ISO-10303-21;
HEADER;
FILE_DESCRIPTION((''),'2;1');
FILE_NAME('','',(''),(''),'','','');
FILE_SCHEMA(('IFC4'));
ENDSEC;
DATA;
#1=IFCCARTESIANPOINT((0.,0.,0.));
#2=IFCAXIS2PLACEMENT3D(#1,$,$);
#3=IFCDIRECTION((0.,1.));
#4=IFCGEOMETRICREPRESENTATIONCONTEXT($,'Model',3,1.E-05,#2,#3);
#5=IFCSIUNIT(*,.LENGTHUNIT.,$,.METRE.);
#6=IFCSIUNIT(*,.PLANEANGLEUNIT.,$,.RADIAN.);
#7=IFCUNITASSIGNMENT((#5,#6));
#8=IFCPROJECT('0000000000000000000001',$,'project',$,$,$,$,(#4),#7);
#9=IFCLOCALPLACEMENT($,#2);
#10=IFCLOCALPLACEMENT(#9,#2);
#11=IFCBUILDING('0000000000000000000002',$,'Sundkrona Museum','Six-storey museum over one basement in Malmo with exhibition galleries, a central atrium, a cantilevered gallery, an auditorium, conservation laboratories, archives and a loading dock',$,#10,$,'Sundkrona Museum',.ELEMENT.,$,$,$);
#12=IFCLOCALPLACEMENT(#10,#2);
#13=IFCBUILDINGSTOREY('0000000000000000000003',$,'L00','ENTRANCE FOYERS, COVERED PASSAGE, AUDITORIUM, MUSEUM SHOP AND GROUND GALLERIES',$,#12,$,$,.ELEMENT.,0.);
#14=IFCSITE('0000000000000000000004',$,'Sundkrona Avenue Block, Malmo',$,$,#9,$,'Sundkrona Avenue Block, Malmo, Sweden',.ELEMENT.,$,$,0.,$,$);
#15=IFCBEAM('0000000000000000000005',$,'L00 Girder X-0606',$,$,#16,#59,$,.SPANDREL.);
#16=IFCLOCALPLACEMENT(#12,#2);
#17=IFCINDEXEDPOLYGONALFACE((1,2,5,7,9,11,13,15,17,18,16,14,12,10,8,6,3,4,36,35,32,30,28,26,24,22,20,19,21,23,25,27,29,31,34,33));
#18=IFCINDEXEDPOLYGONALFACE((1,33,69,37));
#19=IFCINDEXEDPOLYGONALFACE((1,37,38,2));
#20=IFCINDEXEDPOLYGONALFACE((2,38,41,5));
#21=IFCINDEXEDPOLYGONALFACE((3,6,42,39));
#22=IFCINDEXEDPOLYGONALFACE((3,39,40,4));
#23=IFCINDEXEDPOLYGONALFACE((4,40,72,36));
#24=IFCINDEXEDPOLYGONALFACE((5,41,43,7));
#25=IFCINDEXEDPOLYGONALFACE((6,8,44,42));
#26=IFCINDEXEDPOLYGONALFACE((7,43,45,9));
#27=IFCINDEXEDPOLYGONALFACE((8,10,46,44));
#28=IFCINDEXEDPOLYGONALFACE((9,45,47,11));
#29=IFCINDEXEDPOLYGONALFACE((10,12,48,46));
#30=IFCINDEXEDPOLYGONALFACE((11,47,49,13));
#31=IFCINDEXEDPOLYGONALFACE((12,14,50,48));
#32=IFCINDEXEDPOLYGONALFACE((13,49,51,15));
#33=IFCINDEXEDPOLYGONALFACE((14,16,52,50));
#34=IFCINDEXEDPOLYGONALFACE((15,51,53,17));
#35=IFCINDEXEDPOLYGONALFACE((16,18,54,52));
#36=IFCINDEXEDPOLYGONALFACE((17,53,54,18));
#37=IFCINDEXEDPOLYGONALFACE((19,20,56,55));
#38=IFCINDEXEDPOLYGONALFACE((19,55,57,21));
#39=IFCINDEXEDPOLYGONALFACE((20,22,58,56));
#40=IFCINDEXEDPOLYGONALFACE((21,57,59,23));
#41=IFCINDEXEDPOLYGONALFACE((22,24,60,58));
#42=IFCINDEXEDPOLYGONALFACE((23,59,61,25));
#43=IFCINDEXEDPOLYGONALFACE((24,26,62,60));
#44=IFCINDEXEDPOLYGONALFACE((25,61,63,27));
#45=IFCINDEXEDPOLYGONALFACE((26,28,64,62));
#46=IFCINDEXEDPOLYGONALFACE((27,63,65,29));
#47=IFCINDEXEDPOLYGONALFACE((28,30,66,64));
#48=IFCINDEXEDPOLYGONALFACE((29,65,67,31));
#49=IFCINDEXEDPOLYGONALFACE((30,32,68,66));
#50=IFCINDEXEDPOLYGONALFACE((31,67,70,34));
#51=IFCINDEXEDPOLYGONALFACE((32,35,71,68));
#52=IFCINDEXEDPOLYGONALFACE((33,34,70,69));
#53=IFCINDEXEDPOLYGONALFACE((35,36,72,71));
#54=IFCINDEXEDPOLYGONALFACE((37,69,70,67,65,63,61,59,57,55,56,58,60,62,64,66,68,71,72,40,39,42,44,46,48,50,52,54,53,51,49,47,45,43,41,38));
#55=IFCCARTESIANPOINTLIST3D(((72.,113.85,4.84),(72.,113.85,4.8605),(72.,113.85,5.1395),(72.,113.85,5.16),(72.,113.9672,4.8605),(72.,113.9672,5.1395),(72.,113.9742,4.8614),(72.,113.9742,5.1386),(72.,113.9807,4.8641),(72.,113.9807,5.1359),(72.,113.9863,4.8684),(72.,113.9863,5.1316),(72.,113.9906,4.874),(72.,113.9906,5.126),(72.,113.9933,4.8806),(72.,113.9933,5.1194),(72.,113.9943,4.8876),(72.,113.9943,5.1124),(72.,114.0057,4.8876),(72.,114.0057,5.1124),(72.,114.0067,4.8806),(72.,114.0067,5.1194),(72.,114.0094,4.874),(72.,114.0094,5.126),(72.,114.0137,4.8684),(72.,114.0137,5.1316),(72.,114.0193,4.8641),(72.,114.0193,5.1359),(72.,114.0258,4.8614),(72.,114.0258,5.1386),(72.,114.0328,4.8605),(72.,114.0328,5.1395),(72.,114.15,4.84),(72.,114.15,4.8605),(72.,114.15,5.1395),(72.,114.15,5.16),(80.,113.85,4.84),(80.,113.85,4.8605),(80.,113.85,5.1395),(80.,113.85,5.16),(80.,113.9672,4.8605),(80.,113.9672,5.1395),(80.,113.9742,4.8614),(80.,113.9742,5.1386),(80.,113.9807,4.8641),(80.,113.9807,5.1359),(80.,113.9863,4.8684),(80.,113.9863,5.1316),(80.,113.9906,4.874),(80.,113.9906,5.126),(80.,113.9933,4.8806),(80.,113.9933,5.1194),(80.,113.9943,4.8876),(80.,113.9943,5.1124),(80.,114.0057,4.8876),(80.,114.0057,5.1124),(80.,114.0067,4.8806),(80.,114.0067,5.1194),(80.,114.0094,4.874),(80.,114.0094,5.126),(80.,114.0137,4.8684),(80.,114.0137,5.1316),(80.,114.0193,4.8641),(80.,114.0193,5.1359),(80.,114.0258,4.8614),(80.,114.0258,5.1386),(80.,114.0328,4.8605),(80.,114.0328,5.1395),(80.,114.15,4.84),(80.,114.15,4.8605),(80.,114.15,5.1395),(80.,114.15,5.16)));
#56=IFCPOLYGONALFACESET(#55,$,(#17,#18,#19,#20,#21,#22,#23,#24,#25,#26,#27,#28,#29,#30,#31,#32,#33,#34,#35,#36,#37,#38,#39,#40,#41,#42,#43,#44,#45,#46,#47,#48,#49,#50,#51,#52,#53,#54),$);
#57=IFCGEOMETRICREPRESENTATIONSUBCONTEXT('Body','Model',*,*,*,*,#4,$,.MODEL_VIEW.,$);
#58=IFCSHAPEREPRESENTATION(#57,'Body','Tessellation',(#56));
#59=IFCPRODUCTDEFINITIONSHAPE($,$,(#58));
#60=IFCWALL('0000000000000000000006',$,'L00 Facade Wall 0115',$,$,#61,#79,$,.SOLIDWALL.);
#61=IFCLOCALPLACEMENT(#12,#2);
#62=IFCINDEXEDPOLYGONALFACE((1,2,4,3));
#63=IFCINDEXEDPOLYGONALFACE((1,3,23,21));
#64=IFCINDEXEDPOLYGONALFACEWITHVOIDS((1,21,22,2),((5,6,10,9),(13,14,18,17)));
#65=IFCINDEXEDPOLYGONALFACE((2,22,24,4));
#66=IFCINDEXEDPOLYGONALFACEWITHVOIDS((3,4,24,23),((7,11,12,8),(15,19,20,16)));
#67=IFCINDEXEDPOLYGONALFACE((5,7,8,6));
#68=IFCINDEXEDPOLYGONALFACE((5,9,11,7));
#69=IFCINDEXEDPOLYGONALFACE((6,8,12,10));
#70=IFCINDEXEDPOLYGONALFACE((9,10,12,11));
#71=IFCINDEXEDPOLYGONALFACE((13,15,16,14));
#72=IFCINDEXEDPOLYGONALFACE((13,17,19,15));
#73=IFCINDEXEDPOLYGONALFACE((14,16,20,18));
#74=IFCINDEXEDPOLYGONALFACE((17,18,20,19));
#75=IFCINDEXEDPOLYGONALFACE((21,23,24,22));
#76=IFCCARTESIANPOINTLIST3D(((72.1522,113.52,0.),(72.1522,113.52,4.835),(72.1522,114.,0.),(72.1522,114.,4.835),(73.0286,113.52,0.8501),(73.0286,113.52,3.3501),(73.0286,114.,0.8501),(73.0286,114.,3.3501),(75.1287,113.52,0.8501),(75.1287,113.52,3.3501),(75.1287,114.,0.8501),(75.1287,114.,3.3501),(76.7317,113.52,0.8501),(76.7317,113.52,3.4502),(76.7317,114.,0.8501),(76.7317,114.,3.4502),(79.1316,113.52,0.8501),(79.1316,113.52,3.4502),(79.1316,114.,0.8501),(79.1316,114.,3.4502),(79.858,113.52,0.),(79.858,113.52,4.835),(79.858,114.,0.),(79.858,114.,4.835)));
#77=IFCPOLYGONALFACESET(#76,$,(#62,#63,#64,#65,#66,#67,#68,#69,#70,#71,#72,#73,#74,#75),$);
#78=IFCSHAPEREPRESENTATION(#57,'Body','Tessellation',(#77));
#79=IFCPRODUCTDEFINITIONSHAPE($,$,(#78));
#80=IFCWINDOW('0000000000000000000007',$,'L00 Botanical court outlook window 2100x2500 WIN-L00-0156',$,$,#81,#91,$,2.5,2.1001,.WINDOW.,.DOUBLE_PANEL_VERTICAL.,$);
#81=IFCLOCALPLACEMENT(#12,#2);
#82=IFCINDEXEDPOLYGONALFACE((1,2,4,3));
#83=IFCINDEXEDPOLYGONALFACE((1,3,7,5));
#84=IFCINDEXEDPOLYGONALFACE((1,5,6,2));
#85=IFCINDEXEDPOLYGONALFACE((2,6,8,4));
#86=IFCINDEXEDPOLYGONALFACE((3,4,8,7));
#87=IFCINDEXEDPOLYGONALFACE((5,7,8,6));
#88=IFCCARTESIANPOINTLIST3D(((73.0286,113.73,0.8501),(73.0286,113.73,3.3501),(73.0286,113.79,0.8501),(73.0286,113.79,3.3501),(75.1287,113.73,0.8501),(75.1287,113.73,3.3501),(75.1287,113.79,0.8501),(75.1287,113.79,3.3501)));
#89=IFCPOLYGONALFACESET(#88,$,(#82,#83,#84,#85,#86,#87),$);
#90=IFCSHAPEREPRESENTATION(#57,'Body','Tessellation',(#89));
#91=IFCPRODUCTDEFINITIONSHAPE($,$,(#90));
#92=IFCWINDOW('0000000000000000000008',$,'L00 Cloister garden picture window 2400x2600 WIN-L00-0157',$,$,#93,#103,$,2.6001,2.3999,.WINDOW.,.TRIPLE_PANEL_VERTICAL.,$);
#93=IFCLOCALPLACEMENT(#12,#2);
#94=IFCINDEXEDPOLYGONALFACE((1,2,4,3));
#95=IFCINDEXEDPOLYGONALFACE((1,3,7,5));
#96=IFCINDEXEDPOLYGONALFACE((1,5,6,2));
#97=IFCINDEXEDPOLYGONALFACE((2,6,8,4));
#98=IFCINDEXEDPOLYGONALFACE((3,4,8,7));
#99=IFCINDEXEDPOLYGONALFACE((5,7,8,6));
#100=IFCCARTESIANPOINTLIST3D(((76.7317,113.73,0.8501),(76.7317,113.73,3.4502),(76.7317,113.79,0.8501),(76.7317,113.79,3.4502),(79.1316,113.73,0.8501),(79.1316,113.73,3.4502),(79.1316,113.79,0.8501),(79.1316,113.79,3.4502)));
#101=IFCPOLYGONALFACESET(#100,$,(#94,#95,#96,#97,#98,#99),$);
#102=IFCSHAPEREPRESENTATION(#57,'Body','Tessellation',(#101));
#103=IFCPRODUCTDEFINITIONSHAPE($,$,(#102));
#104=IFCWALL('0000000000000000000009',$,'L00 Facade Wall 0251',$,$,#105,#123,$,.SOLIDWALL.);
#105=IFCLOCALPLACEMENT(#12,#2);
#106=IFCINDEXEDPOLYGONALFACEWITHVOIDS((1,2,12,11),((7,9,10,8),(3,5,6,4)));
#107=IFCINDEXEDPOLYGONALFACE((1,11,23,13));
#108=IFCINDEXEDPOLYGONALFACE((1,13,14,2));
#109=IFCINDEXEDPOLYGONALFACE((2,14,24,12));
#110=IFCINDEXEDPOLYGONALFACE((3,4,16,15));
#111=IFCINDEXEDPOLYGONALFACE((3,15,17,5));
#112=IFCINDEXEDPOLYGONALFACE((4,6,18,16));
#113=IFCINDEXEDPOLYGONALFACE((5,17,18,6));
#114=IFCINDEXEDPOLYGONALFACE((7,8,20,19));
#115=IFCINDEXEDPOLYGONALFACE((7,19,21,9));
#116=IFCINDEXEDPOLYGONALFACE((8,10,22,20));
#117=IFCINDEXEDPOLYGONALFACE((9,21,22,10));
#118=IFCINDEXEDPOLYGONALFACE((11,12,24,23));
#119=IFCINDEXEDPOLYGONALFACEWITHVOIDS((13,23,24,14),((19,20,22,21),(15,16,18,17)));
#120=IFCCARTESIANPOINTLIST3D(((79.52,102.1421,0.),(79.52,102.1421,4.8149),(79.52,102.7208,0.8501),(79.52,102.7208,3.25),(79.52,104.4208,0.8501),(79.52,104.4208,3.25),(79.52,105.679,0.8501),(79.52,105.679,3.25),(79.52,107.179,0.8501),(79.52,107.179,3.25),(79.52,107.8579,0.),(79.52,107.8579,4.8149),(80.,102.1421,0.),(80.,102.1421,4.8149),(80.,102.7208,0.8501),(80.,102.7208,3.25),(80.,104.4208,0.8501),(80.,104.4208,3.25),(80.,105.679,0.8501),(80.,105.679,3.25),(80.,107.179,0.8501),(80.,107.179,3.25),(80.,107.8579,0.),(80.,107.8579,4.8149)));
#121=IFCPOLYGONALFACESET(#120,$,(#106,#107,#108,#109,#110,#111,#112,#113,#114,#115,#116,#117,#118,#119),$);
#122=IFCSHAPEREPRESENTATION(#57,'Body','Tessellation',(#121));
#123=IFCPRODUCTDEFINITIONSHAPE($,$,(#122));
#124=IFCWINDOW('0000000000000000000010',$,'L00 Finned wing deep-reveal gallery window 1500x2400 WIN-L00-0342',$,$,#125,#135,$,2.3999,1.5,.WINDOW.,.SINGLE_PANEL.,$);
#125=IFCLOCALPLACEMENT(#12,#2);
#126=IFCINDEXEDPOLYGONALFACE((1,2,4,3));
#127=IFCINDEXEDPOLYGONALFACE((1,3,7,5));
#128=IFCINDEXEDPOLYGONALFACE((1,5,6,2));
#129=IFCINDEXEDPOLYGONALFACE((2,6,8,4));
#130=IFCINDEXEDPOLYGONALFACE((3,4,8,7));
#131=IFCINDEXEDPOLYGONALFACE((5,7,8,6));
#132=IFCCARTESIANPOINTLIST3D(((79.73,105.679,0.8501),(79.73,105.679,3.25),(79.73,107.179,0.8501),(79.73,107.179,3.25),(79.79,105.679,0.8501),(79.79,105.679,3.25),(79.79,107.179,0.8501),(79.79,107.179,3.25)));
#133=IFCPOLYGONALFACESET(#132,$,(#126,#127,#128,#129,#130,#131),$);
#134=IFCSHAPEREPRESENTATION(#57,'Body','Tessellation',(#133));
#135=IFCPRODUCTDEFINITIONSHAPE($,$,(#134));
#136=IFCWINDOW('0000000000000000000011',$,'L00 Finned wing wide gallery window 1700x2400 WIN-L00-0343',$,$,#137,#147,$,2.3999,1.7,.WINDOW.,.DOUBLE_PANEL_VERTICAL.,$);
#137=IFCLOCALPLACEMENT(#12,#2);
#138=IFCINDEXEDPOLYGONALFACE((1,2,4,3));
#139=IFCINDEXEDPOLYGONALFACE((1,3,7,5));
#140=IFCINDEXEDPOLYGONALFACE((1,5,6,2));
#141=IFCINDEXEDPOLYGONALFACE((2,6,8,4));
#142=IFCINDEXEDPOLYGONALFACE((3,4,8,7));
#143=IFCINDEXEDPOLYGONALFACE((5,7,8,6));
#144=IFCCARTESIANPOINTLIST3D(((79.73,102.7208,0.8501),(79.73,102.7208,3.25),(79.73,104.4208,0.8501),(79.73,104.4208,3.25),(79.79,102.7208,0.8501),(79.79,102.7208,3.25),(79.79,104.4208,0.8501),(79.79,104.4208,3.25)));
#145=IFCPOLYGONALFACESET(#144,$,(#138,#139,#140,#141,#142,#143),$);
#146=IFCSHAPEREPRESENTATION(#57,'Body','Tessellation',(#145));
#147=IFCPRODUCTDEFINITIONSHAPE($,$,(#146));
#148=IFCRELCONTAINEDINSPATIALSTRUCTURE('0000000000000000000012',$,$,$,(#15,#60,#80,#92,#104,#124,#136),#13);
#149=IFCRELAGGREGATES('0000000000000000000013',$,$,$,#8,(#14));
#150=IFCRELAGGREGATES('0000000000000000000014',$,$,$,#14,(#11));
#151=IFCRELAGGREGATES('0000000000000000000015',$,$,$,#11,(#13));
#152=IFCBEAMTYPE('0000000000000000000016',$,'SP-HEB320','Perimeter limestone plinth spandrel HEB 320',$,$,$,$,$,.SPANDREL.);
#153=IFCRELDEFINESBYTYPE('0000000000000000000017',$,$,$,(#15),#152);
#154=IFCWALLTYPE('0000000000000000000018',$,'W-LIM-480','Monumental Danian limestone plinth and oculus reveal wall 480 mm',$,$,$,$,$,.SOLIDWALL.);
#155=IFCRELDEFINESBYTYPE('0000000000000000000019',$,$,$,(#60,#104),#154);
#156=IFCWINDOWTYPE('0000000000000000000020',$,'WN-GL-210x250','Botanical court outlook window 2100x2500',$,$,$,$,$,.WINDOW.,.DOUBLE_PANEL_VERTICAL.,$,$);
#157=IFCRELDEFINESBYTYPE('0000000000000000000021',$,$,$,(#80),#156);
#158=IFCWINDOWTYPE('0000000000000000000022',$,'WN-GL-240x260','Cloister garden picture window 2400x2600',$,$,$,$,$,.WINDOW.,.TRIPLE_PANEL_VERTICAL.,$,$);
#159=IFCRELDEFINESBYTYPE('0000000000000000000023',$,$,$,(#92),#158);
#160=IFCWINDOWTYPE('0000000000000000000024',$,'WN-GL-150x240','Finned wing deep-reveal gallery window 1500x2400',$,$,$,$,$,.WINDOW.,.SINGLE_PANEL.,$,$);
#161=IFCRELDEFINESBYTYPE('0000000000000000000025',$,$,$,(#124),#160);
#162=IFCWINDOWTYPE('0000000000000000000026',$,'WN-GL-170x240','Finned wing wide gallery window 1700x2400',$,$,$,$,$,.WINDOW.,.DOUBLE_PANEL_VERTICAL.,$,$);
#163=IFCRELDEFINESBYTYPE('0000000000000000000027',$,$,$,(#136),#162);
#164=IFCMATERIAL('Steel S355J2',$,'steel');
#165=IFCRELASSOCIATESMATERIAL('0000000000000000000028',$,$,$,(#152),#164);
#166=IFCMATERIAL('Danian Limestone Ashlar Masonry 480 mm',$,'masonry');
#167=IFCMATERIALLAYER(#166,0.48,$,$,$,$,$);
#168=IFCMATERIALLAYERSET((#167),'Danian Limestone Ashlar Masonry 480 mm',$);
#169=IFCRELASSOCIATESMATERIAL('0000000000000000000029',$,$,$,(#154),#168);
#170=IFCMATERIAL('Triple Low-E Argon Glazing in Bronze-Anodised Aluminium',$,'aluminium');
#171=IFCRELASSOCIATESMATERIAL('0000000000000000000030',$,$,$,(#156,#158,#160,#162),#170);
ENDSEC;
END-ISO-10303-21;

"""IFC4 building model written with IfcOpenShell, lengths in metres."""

from ifc_helpers import new_model, si_unit, direction, frame, frame_2d, origin, origin_2d, place, context, subcontext, project, spatial, rectangle, i_section, extrude, material, layer, layer_set, material_profile, profile_set, type_object, element, fill, save


model = new_model("IFC4")

# Units and contexts
model_context = context("Model", 3, precision=1e-05, world=origin(), true_north=direction((0.0, 1.0)))
body_context = subcontext(model_context, "Body", "Model", "MODEL_VIEW")
ifc_project = project(units=[si_unit("LENGTHUNIT", "METRE"), si_unit("PLANEANGLEUNIT", "RADIAN")], contexts=[model_context])

# Site, building, storey
site_placement = place(None, origin())
site = spatial("IfcSite", under=ifc_project, at=site_placement, Name="Sundkrona Avenue Block, Malmo", LongName="Sundkrona Avenue Block, Malmo, Sweden", CompositionType="ELEMENT", RefElevation=0.0)
building_placement = place(site_placement, origin())
building = spatial("IfcBuilding", under=site, at=building_placement, Name="Sundkrona Museum", Description="Six-storey museum over one basement in Malmo with exhibition galleries, a central atrium, a cantilevered gallery, an auditorium, conservation laboratories, archives and a loading dock", LongName="Sundkrona Museum", CompositionType="ELEMENT")
storey_placement = place(building_placement, origin())
storey = spatial("IfcBuildingStorey", under=building, at=storey_placement, Name="L00", Description="ENTRANCE FOYERS, COVERED PASSAGE, AUDITORIUM, MUSEUM SHOP AND GROUND GALLERIES", CompositionType="ELEMENT", Elevation=0.0)

# Shared definitions
ifc_material_1 = material(Name="Steel S355J2", Category="steel")

# Beam
ifc_material_profile_1 = material_profile(ifc_material_1, i_section(OverallWidth=0.3, OverallDepth=0.3201, WebThickness=0.0115, FlangeThickness=0.0205, FilletRadius=0.0271, at=origin_2d()), Name="HEB 320")
ifc_profile_set_1 = profile_set([ifc_material_profile_1], Name="Steel S355J2")
beam_type_1 = type_object("IfcBeamType", Name="SP-HEB320", Description="Perimeter limestone plinth spandrel HEB 320", PredefinedType="SPANDREL", material=ifc_profile_set_1)
beam_1_placement = place(storey_placement, frame((72.0, 114.0, 5.0), z_axis=(1.0, 0.0, 0.0), x_axis=(0.0, 1.0, 0.0)))
element("IfcBeam", 1, at=beam_1_placement, inside=storey, type_object=beam_type_1, Name="L00 Girder X-0606", PredefinedType="SPANDREL", context=body_context, shape_type="SweptSolid", body=[
    extrude(i_section(OverallWidth=0.3, OverallDepth=0.3201, WebThickness=0.0115, FlangeThickness=0.0205, FilletRadius=0.0271, at=origin_2d()), origin(), (0.0, 0.0, 1.0), 8.0),
])

# Walls, openings, windows
ifc_material_2 = material(Name="Danian Limestone Ashlar Masonry 480 mm", Category="masonry")
ifc_layer_1 = layer(ifc_material_2, 0.48)
ifc_layer_set_1 = layer_set([ifc_layer_1], Name="Danian Limestone Ashlar Masonry 480 mm")
wall_type = type_object("IfcWallType", Name="W-LIM-480", Description="Monumental Danian limestone plinth and oculus reveal wall 480 mm", PredefinedType="SOLIDWALL", material=ifc_layer_set_1)
wall_1_placement = place(storey_placement, frame((72.1521, 113.76, 0.0), z_axis=(0.0, 0.0, 1.0), x_axis=(1.0, 0.0, 0.0)))
wall_1 = element("IfcWall", 2, at=wall_1_placement, inside=storey, type_object=wall_type, Name="L00 Facade Wall 0115", PredefinedType="SOLIDWALL", context=body_context, shape_type="SweptSolid", body=[
    extrude(rectangle(XDim=7.7058, YDim=0.48, at=frame_2d((3.853, 0.0))), origin(), (0.0, 0.0, 1.0), 4.835),
])
opening_1_placement = place(wall_1_placement, frame((0.8765, 0.0, 0.8501)))
opening_1 = element("IfcOpeningElement", 3, at=opening_1_placement, cuts=wall_1, PredefinedType="OPENING", context=body_context, shape_type="SweptSolid", body=[
    extrude(rectangle(XDim=2.1001, YDim=2.5, at=frame_2d((1.05, 1.25))), frame((0.0, 0.25, 0.0), z_axis=(0.0, -1.0, 0.0), x_axis=(1.0, 0.0, 0.0)), (0.0, 0.0, 1.0), 0.5),
])
opening_2_placement = place(wall_1_placement, frame((4.5796, 0.0, 0.8501)))
opening_2 = element("IfcOpeningElement", 4, at=opening_2_placement, cuts=wall_1, PredefinedType="OPENING", context=body_context, shape_type="SweptSolid", body=[
    extrude(rectangle(XDim=2.3999, YDim=2.6001, at=frame_2d((1.2, 1.3))), frame((0.0, 0.25, 0.0), z_axis=(0.0, -1.0, 0.0), x_axis=(1.0, 0.0, 0.0)), (0.0, 0.0, 1.0), 0.5),
])
ifc_material_3 = material(Name="Triple Low-E Argon Glazing in Bronze-Anodised Aluminium", Category="aluminium")
window_type_1 = type_object("IfcWindowType", Name="WN-GL-210x250", Description="Botanical court outlook window 2100x2500", PartitioningType="DOUBLE_PANEL_VERTICAL", PredefinedType="WINDOW", material=ifc_material_3)
window_1_placement = place(opening_1_placement, origin())
window_1 = element("IfcWindow", 5, at=window_1_placement, inside=storey, type_object=window_type_1, Name="L00 Botanical court outlook window 2100x2500 WIN-L00-0156", OverallHeight=2.5, OverallWidth=2.1001, PartitioningType="DOUBLE_PANEL_VERTICAL", PredefinedType="WINDOW", context=body_context, shape_type="SweptSolid", body=[
    extrude(rectangle(XDim=2.1001, YDim=2.5, at=frame_2d((1.05, 1.25))), frame((0.0, 0.03, 0.0), z_axis=(0.0, -1.0, 0.0), x_axis=(1.0, 0.0, 0.0)), (0.0, 0.0, 1.0), 0.0601),
])
fill(opening_1, window_1)
window_type_2 = type_object("IfcWindowType", Name="WN-GL-240x260", Description="Cloister garden picture window 2400x2600", PartitioningType="TRIPLE_PANEL_VERTICAL", PredefinedType="WINDOW", material=ifc_material_3)
window_2_placement = place(opening_2_placement, origin())
window_2 = element("IfcWindow", 6, at=window_2_placement, inside=storey, type_object=window_type_2, Name="L00 Cloister garden picture window 2400x2600 WIN-L00-0157", OverallHeight=2.6001, OverallWidth=2.3999, PartitioningType="TRIPLE_PANEL_VERTICAL", PredefinedType="WINDOW", context=body_context, shape_type="SweptSolid", body=[
    extrude(rectangle(XDim=2.3999, YDim=2.6001, at=frame_2d((1.2, 1.3))), frame((0.0, 0.03, 0.0), z_axis=(0.0, -1.0, 0.0), x_axis=(1.0, 0.0, 0.0)), (0.0, 0.0, 1.0), 0.0601),
])
fill(opening_2, window_2)
wall_2_placement = place(storey_placement, frame((79.76, 107.8579, 0.0), z_axis=(0.0, 0.0, 1.0), x_axis=(0.0, -1.0, 0.0)))
wall_2 = element("IfcWall", 7, at=wall_2_placement, inside=storey, type_object=wall_type, Name="L00 Facade Wall 0251", PredefinedType="SOLIDWALL", context=body_context, shape_type="SweptSolid", body=[
    extrude(rectangle(XDim=5.7158, YDim=0.48, at=frame_2d((2.8579, 0.0))), origin(), (0.0, 0.0, 1.0), 4.8149),
])
opening_3_placement = place(wall_2_placement, frame((0.679, 0.0, 0.8501)))
opening_3 = element("IfcOpeningElement", 8, at=opening_3_placement, cuts=wall_2, PredefinedType="OPENING", context=body_context, shape_type="SweptSolid", body=[
    extrude(rectangle(XDim=1.5, YDim=2.3999, at=frame_2d((0.75, 1.2))), frame((0.0, 0.25, 0.0), z_axis=(0.0, -1.0, 0.0), x_axis=(1.0, 0.0, 0.0)), (0.0, 0.0, 1.0), 0.5),
])
opening_4_placement = place(wall_2_placement, frame((3.437, 0.0, 0.8501)))
opening_4 = element("IfcOpeningElement", 9, at=opening_4_placement, cuts=wall_2, PredefinedType="OPENING", context=body_context, shape_type="SweptSolid", body=[
    extrude(rectangle(XDim=1.7, YDim=2.3999, at=frame_2d((0.8501, 1.2))), frame((0.0, 0.25, 0.0), z_axis=(0.0, -1.0, 0.0), x_axis=(1.0, 0.0, 0.0)), (0.0, 0.0, 1.0), 0.5),
])
window_type_3 = type_object("IfcWindowType", Name="WN-GL-150x240", Description="Finned wing deep-reveal gallery window 1500x2400", PartitioningType="SINGLE_PANEL", PredefinedType="WINDOW", material=ifc_material_3)
window_3_placement = place(opening_3_placement, origin())
window_3 = element("IfcWindow", 10, at=window_3_placement, inside=storey, type_object=window_type_3, Name="L00 Finned wing deep-reveal gallery window 1500x2400 WIN-L00-0342", OverallHeight=2.3999, OverallWidth=1.5, PartitioningType="SINGLE_PANEL", PredefinedType="WINDOW", context=body_context, shape_type="SweptSolid", body=[
    extrude(rectangle(XDim=1.5, YDim=2.3999, at=frame_2d((0.75, 1.2))), frame((0.0, 0.03, 0.0), z_axis=(0.0, -1.0, 0.0), x_axis=(1.0, 0.0, 0.0)), (0.0, 0.0, 1.0), 0.0601),
])
fill(opening_3, window_3)
window_type_4 = type_object("IfcWindowType", Name="WN-GL-170x240", Description="Finned wing wide gallery window 1700x2400", PartitioningType="DOUBLE_PANEL_VERTICAL", PredefinedType="WINDOW", material=ifc_material_3)
window_4_placement = place(opening_4_placement, origin())
window_4 = element("IfcWindow", 11, at=window_4_placement, inside=storey, type_object=window_type_4, Name="L00 Finned wing wide gallery window 1700x2400 WIN-L00-0343", OverallHeight=2.3999, OverallWidth=1.7, PartitioningType="DOUBLE_PANEL_VERTICAL", PredefinedType="WINDOW", context=body_context, shape_type="SweptSolid", body=[
    extrude(rectangle(XDim=1.7, YDim=2.3999, at=frame_2d((0.8501, 1.2))), frame((0.0, 0.03, 0.0), z_axis=(0.0, -1.0, 0.0), x_axis=(1.0, 0.0, 0.0)), (0.0, 0.0, 1.0), 0.0601),
])
fill(opening_4, window_4)

save(model, "model.ifc")
